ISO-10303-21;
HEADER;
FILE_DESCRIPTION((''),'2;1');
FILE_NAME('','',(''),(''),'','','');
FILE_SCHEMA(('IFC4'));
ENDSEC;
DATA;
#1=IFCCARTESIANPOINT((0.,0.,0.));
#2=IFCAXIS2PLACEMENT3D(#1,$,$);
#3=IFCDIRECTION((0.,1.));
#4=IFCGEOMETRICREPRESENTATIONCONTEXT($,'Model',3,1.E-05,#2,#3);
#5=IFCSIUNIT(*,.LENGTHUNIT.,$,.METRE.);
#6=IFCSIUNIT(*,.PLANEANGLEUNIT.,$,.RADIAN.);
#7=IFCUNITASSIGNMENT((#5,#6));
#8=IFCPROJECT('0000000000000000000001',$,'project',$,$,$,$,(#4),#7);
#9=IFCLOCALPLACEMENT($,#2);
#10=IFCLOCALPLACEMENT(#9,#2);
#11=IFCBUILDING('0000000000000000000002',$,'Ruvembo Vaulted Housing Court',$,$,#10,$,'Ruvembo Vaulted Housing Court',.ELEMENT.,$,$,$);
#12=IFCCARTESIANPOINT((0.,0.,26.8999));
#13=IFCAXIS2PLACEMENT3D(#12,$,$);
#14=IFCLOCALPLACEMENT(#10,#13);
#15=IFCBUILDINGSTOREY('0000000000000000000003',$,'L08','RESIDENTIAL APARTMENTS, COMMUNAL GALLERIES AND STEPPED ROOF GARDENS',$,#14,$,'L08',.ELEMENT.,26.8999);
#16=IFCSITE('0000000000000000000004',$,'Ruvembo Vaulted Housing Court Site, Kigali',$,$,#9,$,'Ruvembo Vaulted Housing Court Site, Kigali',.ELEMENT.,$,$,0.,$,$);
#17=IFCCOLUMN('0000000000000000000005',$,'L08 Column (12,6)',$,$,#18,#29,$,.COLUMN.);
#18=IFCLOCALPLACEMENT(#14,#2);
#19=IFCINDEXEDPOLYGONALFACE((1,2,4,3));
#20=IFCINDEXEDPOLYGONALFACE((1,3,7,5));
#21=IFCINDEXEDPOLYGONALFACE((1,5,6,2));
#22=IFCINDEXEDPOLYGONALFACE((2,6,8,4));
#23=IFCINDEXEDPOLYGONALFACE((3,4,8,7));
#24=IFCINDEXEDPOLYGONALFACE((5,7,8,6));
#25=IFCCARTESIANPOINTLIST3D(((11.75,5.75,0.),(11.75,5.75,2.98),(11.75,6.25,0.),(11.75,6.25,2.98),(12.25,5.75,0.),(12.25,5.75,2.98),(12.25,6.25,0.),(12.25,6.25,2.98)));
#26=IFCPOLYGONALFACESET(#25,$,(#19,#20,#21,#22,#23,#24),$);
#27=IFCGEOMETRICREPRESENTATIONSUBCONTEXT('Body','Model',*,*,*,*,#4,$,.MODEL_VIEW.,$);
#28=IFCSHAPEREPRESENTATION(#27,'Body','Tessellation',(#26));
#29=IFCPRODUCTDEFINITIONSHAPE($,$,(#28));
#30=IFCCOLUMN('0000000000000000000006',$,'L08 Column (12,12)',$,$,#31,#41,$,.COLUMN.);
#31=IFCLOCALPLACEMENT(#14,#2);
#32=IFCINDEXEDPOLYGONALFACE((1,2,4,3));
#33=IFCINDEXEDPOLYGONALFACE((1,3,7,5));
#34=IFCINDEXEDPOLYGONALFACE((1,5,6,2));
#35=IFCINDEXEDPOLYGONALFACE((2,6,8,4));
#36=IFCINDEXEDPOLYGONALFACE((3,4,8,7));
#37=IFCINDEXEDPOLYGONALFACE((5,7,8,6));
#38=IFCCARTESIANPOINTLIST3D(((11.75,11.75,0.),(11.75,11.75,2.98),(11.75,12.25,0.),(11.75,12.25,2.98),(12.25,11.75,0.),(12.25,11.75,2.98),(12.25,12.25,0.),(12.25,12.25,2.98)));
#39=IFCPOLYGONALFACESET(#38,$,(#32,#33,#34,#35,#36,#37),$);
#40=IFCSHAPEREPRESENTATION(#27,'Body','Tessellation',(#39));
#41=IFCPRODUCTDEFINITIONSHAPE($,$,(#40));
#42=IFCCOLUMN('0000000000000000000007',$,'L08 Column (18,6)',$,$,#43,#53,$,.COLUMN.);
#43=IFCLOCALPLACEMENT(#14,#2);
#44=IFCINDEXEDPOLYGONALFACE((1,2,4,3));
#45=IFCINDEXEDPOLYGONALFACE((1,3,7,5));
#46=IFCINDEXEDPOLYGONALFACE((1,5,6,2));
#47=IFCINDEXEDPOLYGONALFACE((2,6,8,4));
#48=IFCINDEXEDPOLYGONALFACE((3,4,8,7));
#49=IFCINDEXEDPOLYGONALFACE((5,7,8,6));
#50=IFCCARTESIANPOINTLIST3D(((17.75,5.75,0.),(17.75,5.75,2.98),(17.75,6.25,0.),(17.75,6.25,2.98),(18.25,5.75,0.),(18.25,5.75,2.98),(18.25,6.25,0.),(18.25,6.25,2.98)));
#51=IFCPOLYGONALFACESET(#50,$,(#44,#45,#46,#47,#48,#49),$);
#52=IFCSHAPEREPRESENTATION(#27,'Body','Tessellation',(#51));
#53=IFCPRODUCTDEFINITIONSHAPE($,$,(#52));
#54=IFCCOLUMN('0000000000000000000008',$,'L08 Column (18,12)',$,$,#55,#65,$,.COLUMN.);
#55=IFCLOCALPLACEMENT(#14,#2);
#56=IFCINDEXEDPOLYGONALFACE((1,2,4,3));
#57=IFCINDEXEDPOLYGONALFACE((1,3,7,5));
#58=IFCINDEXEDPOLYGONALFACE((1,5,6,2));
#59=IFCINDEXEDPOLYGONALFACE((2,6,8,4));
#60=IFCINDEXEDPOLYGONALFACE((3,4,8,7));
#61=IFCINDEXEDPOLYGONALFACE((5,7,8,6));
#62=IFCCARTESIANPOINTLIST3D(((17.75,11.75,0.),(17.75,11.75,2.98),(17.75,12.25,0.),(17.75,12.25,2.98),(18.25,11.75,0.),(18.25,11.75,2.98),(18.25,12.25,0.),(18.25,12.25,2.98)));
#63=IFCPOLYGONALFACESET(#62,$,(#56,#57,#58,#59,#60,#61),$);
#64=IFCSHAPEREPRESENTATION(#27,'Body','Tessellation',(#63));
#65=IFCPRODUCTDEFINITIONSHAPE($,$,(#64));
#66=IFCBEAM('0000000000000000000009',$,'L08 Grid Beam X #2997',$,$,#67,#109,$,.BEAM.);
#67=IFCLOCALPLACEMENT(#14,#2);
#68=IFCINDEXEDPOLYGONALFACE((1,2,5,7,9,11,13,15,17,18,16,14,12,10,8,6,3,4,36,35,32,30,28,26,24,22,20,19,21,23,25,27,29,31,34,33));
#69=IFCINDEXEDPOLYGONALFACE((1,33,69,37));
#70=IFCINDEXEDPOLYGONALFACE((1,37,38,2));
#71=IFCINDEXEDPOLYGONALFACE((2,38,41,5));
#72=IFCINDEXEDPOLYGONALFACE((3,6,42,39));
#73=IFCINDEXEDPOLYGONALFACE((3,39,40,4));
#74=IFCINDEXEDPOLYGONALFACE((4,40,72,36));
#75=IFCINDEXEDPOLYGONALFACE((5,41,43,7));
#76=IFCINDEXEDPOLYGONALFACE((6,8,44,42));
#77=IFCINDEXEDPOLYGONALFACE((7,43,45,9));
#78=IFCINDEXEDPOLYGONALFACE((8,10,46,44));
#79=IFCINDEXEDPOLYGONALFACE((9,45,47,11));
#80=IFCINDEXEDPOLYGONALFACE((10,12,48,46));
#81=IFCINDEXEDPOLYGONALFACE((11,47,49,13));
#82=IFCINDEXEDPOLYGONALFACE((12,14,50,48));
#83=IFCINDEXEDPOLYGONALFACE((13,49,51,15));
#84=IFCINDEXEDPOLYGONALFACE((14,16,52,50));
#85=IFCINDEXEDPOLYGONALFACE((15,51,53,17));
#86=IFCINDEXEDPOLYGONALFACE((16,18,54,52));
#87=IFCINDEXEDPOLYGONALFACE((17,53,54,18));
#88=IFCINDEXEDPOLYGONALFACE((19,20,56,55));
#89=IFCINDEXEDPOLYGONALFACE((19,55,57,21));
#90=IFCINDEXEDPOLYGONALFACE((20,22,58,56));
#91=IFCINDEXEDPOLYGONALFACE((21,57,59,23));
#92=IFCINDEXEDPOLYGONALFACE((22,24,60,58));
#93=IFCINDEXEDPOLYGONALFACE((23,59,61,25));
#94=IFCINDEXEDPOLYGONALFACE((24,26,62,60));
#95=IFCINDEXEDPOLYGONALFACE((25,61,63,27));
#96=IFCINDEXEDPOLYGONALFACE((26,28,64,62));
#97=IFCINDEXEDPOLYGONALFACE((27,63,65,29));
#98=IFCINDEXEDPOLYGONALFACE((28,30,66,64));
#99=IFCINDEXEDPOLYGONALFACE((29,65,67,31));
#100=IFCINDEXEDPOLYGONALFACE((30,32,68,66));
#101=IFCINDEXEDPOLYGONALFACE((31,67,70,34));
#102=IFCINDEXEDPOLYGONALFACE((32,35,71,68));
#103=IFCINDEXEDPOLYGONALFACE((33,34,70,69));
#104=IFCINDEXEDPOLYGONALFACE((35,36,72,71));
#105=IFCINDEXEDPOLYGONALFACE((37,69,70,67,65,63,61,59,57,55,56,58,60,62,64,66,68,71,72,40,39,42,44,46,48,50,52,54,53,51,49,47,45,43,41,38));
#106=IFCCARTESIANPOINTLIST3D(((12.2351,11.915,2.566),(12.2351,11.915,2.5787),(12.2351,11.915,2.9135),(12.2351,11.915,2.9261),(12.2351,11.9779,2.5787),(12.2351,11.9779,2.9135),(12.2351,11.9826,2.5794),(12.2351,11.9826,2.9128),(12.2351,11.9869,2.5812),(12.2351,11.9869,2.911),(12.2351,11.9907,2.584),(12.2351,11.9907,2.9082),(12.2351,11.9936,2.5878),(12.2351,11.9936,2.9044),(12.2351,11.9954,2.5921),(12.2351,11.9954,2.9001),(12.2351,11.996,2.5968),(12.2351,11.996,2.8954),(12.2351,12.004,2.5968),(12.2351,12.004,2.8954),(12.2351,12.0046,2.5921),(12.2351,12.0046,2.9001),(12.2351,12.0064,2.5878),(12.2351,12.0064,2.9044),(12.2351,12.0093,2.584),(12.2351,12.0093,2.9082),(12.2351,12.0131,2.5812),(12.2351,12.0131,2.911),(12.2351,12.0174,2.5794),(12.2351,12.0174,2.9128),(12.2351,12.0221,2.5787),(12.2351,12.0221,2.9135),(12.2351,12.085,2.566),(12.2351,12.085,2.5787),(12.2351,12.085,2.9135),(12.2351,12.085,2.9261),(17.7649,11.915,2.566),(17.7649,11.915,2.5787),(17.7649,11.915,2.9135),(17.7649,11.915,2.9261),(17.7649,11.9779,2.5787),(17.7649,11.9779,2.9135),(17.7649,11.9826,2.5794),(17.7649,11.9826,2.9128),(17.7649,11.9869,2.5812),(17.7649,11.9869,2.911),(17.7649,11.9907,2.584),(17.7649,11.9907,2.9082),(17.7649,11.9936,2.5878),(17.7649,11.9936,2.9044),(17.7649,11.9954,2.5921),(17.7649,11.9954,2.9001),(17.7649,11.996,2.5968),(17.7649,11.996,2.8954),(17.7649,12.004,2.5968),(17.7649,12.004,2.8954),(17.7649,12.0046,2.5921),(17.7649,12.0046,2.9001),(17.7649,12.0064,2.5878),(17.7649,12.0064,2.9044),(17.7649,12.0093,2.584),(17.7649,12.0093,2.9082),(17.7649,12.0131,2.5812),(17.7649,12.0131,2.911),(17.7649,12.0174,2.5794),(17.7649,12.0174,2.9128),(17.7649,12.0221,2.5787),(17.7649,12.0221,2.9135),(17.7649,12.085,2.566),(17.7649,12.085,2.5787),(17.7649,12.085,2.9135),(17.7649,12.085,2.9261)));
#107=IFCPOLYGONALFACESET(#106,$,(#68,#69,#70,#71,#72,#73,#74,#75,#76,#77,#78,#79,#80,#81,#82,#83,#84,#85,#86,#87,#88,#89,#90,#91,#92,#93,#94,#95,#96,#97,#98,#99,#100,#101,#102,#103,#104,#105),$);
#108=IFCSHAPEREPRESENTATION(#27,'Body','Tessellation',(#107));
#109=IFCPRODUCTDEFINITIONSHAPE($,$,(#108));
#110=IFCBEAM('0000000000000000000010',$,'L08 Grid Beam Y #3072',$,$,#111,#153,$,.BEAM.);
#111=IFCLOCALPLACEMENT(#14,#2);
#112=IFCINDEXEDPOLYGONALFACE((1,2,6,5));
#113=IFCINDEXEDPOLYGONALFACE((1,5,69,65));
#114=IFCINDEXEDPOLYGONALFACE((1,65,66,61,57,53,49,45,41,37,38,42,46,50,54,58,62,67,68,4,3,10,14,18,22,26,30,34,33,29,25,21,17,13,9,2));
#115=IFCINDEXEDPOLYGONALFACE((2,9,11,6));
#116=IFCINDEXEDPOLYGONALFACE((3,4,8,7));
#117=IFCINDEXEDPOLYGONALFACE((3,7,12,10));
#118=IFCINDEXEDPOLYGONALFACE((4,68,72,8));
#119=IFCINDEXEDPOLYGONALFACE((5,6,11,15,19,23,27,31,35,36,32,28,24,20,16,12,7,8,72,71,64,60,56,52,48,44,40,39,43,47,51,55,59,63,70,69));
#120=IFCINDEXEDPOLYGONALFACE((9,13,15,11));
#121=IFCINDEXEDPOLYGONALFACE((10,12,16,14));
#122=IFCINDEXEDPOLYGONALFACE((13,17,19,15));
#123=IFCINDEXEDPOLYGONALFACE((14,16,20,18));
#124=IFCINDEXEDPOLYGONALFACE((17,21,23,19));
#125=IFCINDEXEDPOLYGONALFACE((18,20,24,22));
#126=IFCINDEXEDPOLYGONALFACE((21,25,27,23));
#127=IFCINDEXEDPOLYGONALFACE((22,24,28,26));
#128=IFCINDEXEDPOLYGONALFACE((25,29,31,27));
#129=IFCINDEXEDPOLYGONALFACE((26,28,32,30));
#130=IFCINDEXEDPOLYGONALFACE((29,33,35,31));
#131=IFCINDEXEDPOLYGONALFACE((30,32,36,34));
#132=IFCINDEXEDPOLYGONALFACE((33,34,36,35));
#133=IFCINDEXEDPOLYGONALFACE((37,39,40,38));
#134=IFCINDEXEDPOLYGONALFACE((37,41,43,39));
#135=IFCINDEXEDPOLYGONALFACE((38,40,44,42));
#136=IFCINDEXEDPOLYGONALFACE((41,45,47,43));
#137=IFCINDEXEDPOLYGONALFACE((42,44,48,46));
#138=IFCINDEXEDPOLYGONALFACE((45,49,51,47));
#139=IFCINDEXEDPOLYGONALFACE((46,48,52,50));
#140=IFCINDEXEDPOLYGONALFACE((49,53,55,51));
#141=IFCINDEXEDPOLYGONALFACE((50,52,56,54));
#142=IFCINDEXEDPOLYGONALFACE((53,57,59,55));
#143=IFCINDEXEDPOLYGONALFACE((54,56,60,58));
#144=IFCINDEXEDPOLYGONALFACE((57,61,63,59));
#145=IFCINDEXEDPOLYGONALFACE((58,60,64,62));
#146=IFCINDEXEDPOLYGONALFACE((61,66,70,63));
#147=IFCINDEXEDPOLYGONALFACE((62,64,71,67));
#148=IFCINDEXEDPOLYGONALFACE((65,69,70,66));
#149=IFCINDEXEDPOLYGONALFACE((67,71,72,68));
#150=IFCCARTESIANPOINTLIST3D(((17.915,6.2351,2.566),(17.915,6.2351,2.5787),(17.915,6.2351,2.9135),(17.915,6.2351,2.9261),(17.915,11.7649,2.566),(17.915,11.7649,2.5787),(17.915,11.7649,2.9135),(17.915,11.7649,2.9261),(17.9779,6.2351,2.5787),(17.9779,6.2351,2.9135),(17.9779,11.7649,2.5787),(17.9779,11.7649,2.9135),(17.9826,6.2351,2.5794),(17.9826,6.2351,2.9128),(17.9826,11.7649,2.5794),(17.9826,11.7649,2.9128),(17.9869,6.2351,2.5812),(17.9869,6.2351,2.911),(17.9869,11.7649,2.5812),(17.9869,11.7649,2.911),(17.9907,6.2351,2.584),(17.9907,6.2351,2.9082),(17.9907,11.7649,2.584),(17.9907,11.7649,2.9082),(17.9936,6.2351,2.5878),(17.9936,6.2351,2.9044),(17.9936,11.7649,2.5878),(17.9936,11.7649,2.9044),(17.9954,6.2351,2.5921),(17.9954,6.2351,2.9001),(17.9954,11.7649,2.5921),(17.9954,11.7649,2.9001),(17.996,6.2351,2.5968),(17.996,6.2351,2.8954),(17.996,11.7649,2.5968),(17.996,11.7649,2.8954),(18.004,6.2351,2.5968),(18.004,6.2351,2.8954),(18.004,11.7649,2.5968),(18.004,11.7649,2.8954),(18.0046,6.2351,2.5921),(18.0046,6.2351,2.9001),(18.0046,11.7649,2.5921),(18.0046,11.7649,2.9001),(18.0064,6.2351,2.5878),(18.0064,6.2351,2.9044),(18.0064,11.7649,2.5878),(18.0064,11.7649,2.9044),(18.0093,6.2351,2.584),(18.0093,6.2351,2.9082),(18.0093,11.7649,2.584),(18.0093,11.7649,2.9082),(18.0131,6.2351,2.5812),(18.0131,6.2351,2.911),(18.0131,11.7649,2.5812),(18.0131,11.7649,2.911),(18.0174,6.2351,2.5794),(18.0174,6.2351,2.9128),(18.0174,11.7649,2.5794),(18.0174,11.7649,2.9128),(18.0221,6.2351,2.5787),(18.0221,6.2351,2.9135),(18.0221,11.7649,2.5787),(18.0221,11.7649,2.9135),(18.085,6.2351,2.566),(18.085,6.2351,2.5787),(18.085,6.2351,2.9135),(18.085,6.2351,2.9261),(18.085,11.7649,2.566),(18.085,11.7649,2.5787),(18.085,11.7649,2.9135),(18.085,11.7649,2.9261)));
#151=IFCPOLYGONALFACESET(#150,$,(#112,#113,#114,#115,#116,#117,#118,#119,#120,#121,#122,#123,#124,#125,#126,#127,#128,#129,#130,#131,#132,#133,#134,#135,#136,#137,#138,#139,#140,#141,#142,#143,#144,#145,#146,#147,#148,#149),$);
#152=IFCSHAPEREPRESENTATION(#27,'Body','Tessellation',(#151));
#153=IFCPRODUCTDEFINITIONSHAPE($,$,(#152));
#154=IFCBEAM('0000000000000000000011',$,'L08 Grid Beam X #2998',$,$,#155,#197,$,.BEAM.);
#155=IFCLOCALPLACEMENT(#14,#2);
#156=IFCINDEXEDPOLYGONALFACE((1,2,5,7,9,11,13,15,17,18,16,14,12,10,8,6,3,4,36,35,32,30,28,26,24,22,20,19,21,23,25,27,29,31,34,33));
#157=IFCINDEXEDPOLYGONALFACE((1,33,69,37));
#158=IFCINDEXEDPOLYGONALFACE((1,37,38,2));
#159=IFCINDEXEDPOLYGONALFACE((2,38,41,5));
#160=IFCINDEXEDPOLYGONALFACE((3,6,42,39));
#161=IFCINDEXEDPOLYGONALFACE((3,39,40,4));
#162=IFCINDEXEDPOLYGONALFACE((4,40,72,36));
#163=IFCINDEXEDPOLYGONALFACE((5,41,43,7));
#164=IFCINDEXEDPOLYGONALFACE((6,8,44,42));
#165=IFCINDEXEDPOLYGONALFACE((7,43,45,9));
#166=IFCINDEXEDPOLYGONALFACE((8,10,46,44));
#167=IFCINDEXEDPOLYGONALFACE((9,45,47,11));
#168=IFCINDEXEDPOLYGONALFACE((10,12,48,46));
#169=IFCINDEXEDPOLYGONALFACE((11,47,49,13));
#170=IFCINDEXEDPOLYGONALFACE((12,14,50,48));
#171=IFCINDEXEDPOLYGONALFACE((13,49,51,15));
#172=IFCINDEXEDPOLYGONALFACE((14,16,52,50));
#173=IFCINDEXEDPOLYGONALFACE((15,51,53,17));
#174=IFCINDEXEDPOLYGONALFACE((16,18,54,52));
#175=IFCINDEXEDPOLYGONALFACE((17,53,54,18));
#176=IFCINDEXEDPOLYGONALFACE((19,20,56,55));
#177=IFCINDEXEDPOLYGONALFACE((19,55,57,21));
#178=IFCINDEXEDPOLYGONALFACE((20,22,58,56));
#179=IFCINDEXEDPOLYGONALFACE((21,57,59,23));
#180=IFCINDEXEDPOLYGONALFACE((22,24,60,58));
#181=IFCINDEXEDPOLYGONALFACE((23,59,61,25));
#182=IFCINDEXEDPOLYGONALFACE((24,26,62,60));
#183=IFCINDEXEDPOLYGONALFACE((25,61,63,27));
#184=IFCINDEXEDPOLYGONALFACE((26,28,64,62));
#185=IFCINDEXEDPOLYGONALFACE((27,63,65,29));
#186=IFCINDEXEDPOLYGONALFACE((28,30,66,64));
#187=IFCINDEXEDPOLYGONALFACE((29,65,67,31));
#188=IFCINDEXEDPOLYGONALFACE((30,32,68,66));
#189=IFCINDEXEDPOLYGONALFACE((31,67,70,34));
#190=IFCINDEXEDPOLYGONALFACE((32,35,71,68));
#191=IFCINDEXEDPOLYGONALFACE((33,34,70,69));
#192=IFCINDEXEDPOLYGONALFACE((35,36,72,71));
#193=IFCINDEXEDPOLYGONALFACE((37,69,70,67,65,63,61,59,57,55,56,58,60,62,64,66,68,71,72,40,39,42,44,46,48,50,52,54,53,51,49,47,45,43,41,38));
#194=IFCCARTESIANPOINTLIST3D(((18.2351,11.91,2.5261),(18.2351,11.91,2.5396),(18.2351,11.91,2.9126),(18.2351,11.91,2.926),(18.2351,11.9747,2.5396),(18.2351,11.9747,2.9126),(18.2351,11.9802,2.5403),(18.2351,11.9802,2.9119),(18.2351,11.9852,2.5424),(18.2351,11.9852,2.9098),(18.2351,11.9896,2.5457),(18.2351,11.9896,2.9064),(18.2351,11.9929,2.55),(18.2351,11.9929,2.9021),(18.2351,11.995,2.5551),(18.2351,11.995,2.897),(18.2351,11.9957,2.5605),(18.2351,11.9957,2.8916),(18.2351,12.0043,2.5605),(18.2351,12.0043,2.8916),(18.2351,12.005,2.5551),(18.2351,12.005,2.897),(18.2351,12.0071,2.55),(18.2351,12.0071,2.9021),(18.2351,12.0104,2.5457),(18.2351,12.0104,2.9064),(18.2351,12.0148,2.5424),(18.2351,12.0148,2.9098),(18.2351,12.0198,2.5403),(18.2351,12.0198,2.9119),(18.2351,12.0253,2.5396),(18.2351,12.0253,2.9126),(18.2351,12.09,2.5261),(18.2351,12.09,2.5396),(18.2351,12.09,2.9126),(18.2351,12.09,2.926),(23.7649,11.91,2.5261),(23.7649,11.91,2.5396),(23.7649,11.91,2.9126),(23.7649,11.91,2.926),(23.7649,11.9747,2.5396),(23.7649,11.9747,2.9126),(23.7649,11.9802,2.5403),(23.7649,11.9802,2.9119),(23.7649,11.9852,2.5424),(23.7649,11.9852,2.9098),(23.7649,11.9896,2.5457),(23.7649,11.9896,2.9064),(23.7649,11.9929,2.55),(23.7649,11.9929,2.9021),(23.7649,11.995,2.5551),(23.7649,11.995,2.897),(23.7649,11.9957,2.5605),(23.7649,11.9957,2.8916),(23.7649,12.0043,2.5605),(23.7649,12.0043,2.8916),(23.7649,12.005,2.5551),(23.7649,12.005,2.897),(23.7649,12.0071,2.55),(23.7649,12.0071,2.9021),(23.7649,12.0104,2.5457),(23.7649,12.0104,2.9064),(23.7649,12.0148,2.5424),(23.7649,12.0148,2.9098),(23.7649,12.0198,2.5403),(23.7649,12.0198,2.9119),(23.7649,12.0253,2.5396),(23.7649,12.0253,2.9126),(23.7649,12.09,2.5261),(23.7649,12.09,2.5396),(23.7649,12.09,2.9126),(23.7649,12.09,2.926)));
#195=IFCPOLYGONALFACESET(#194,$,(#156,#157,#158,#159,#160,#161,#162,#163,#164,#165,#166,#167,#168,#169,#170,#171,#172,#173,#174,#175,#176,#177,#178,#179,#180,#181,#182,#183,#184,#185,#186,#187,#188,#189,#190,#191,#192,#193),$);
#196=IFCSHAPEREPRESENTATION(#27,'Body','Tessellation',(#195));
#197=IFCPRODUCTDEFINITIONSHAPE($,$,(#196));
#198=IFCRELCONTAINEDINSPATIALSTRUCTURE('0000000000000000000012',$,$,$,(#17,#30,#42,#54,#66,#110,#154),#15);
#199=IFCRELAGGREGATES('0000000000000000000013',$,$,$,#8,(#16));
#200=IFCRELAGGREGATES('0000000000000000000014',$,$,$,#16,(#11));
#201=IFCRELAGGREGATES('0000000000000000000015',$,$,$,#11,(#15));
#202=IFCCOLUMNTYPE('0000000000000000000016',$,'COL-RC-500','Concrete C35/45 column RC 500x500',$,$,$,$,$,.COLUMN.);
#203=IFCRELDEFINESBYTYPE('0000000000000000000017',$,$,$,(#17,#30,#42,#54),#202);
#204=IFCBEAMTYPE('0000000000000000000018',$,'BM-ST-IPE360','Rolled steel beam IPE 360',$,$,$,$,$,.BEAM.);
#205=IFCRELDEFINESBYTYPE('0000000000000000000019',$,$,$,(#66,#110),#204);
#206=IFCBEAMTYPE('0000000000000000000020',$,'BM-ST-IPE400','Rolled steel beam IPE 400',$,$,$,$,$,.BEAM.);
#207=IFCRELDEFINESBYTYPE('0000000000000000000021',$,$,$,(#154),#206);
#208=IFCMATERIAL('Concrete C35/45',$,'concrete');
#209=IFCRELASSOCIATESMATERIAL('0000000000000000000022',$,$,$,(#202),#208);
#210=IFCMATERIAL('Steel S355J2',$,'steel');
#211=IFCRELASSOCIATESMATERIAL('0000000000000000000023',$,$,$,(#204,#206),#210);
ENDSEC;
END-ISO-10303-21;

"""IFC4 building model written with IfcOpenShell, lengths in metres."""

from ifc_helpers import new_model, si_unit, direction, frame, origin, origin_2d, place, context, subcontext, project, spatial, rectangle, i_section, extrude, material, material_profile, profile_set, type_object, element, save


model = new_model("IFC4")

# Units and contexts
model_context = context("Model", 3, precision=1e-05, world=origin(), true_north=direction((0.0, 1.0)))
body_context = subcontext(model_context, "Body", "Model", "MODEL_VIEW")
ifc_project = project(units=[si_unit("LENGTHUNIT", "METRE"), si_unit("PLANEANGLEUNIT", "RADIAN")], contexts=[model_context])

# Site, building, storey
site_placement = place(None, origin())
site = spatial("IfcSite", under=ifc_project, at=site_placement, Name="Ruvembo Vaulted Housing Court Site, Kigali", LongName="Ruvembo Vaulted Housing Court Site, Kigali", CompositionType="ELEMENT", RefElevation=0.0)
building_placement = place(site_placement, origin())
building = spatial("IfcBuilding", under=site, at=building_placement, Name="Ruvembo Vaulted Housing Court", LongName="Ruvembo Vaulted Housing Court", CompositionType="ELEMENT")
storey_placement = place(building_placement, frame((0.0, 0.0, 26.8999)))
storey = spatial("IfcBuildingStorey", under=building, at=storey_placement, Name="L08", Description="RESIDENTIAL APARTMENTS, COMMUNAL GALLERIES AND STEPPED ROOF GARDENS", LongName="L08", CompositionType="ELEMENT", Elevation=26.8999)

# Columns
ifc_material_1 = material(Name="Concrete C35/45", Category="concrete")
ifc_material_profile_1 = material_profile(ifc_material_1, rectangle(XDim=0.5, YDim=0.5, at=origin_2d()), Name="RC 500x500")
ifc_profile_set_1 = profile_set([ifc_material_profile_1], Name="Concrete C35/45")
column_type = type_object("IfcColumnType", Name="COL-RC-500", Description="Concrete C35/45 column RC 500x500", PredefinedType="COLUMN", material=ifc_profile_set_1)
for number, where, z_axis, x_axis, name in (
    (1, (12.0, 6.0, 0.0), (0.0, 0.0, 1.0), (1.0, 0.0, 0.0), "L08 Column (12,6)"),
    (2, (12.0, 12.0, 0.0), (0.0, 0.0, 1.0), (1.0, 0.0, 0.0), "L08 Column (12,12)"),
    (3, (18.0, 6.0, 0.0), (0.0, 0.0, 1.0), (1.0, 0.0, 0.0), "L08 Column (18,6)"),
    (4, (18.0, 12.0, 0.0), (0.0, 0.0, 1.0), (1.0, 0.0, 0.0), "L08 Column (18,12)"),
):
    element("IfcColumn", number, at=place(storey_placement, frame(where, z_axis=z_axis, x_axis=x_axis)), inside=storey, type_object=column_type, Name=name, PredefinedType="COLUMN", context=body_context, shape_type="SweptSolid", body=[
        extrude(rectangle(XDim=0.5, YDim=0.5, at=origin_2d()), origin(), (0.0, 0.0, 1.0), 2.98),
    ])

# Beams
ifc_material_2 = material(Name="Steel S355J2", Category="steel")
ifc_material_profile_2 = material_profile(ifc_material_2, i_section(OverallWidth=0.1699, OverallDepth=0.3601, WebThickness=0.0081, FlangeThickness=0.0127, FilletRadius=0.0181, at=origin_2d()), Name="IPE 360")
ifc_profile_set_2 = profile_set([ifc_material_profile_2], Name="Steel S355J2")
beam_type_1 = type_object("IfcBeamType", Name="BM-ST-IPE360", Description="Rolled steel beam IPE 360", PredefinedType="BEAM", material=ifc_profile_set_2)
for number, where, z_axis, x_axis, name in (
    (5, (12.2351, 12.0, 2.7461), (1.0, 0.0, 0.0), (0.0, 1.0, 0.0), "L08 Grid Beam X #2997"),
    (6, (18.0, 6.2351, 2.7461), (0.0, 1.0, 0.0), (-1.0, 0.0, 0.0), "L08 Grid Beam Y #3072"),
):
    element("IfcBeam", number, at=place(storey_placement, frame(where, z_axis=z_axis, x_axis=x_axis)), inside=storey, type_object=beam_type_1, Name=name, PredefinedType="BEAM", context=body_context, shape_type="SweptSolid", body=[
        extrude(i_section(OverallWidth=0.1699, OverallDepth=0.3601, WebThickness=0.0081, FlangeThickness=0.0127, FilletRadius=0.0181, at=origin_2d()), origin(), (0.0, 0.0, 1.0), 5.5298),
    ])
ifc_material_profile_3 = material_profile(ifc_material_2, i_section(OverallWidth=0.1799, OverallDepth=0.3999, WebThickness=0.0085, FlangeThickness=0.0134, FilletRadius=0.021, at=origin_2d()), Name="IPE 400")
ifc_profile_set_3 = profile_set([ifc_material_profile_3], Name="Steel S355J2")
beam_type_2 = type_object("IfcBeamType", Name="BM-ST-IPE400", Description="Rolled steel beam IPE 400", PredefinedType="BEAM", material=ifc_profile_set_3)
beam_1_placement = place(storey_placement, frame((18.2351, 12.0, 2.7261), z_axis=(1.0, 0.0, 0.0), x_axis=(0.0, 1.0, 0.0)))
element("IfcBeam", 7, at=beam_1_placement, inside=storey, type_object=beam_type_2, Name="L08 Grid Beam X #2998", PredefinedType="BEAM", context=body_context, shape_type="SweptSolid", body=[
    extrude(i_section(OverallWidth=0.1799, OverallDepth=0.3999, WebThickness=0.0085, FlangeThickness=0.0134, FilletRadius=0.021, at=origin_2d()), origin(), (0.0, 0.0, 1.0), 5.5298),
])

save(model, "model.ifc")
